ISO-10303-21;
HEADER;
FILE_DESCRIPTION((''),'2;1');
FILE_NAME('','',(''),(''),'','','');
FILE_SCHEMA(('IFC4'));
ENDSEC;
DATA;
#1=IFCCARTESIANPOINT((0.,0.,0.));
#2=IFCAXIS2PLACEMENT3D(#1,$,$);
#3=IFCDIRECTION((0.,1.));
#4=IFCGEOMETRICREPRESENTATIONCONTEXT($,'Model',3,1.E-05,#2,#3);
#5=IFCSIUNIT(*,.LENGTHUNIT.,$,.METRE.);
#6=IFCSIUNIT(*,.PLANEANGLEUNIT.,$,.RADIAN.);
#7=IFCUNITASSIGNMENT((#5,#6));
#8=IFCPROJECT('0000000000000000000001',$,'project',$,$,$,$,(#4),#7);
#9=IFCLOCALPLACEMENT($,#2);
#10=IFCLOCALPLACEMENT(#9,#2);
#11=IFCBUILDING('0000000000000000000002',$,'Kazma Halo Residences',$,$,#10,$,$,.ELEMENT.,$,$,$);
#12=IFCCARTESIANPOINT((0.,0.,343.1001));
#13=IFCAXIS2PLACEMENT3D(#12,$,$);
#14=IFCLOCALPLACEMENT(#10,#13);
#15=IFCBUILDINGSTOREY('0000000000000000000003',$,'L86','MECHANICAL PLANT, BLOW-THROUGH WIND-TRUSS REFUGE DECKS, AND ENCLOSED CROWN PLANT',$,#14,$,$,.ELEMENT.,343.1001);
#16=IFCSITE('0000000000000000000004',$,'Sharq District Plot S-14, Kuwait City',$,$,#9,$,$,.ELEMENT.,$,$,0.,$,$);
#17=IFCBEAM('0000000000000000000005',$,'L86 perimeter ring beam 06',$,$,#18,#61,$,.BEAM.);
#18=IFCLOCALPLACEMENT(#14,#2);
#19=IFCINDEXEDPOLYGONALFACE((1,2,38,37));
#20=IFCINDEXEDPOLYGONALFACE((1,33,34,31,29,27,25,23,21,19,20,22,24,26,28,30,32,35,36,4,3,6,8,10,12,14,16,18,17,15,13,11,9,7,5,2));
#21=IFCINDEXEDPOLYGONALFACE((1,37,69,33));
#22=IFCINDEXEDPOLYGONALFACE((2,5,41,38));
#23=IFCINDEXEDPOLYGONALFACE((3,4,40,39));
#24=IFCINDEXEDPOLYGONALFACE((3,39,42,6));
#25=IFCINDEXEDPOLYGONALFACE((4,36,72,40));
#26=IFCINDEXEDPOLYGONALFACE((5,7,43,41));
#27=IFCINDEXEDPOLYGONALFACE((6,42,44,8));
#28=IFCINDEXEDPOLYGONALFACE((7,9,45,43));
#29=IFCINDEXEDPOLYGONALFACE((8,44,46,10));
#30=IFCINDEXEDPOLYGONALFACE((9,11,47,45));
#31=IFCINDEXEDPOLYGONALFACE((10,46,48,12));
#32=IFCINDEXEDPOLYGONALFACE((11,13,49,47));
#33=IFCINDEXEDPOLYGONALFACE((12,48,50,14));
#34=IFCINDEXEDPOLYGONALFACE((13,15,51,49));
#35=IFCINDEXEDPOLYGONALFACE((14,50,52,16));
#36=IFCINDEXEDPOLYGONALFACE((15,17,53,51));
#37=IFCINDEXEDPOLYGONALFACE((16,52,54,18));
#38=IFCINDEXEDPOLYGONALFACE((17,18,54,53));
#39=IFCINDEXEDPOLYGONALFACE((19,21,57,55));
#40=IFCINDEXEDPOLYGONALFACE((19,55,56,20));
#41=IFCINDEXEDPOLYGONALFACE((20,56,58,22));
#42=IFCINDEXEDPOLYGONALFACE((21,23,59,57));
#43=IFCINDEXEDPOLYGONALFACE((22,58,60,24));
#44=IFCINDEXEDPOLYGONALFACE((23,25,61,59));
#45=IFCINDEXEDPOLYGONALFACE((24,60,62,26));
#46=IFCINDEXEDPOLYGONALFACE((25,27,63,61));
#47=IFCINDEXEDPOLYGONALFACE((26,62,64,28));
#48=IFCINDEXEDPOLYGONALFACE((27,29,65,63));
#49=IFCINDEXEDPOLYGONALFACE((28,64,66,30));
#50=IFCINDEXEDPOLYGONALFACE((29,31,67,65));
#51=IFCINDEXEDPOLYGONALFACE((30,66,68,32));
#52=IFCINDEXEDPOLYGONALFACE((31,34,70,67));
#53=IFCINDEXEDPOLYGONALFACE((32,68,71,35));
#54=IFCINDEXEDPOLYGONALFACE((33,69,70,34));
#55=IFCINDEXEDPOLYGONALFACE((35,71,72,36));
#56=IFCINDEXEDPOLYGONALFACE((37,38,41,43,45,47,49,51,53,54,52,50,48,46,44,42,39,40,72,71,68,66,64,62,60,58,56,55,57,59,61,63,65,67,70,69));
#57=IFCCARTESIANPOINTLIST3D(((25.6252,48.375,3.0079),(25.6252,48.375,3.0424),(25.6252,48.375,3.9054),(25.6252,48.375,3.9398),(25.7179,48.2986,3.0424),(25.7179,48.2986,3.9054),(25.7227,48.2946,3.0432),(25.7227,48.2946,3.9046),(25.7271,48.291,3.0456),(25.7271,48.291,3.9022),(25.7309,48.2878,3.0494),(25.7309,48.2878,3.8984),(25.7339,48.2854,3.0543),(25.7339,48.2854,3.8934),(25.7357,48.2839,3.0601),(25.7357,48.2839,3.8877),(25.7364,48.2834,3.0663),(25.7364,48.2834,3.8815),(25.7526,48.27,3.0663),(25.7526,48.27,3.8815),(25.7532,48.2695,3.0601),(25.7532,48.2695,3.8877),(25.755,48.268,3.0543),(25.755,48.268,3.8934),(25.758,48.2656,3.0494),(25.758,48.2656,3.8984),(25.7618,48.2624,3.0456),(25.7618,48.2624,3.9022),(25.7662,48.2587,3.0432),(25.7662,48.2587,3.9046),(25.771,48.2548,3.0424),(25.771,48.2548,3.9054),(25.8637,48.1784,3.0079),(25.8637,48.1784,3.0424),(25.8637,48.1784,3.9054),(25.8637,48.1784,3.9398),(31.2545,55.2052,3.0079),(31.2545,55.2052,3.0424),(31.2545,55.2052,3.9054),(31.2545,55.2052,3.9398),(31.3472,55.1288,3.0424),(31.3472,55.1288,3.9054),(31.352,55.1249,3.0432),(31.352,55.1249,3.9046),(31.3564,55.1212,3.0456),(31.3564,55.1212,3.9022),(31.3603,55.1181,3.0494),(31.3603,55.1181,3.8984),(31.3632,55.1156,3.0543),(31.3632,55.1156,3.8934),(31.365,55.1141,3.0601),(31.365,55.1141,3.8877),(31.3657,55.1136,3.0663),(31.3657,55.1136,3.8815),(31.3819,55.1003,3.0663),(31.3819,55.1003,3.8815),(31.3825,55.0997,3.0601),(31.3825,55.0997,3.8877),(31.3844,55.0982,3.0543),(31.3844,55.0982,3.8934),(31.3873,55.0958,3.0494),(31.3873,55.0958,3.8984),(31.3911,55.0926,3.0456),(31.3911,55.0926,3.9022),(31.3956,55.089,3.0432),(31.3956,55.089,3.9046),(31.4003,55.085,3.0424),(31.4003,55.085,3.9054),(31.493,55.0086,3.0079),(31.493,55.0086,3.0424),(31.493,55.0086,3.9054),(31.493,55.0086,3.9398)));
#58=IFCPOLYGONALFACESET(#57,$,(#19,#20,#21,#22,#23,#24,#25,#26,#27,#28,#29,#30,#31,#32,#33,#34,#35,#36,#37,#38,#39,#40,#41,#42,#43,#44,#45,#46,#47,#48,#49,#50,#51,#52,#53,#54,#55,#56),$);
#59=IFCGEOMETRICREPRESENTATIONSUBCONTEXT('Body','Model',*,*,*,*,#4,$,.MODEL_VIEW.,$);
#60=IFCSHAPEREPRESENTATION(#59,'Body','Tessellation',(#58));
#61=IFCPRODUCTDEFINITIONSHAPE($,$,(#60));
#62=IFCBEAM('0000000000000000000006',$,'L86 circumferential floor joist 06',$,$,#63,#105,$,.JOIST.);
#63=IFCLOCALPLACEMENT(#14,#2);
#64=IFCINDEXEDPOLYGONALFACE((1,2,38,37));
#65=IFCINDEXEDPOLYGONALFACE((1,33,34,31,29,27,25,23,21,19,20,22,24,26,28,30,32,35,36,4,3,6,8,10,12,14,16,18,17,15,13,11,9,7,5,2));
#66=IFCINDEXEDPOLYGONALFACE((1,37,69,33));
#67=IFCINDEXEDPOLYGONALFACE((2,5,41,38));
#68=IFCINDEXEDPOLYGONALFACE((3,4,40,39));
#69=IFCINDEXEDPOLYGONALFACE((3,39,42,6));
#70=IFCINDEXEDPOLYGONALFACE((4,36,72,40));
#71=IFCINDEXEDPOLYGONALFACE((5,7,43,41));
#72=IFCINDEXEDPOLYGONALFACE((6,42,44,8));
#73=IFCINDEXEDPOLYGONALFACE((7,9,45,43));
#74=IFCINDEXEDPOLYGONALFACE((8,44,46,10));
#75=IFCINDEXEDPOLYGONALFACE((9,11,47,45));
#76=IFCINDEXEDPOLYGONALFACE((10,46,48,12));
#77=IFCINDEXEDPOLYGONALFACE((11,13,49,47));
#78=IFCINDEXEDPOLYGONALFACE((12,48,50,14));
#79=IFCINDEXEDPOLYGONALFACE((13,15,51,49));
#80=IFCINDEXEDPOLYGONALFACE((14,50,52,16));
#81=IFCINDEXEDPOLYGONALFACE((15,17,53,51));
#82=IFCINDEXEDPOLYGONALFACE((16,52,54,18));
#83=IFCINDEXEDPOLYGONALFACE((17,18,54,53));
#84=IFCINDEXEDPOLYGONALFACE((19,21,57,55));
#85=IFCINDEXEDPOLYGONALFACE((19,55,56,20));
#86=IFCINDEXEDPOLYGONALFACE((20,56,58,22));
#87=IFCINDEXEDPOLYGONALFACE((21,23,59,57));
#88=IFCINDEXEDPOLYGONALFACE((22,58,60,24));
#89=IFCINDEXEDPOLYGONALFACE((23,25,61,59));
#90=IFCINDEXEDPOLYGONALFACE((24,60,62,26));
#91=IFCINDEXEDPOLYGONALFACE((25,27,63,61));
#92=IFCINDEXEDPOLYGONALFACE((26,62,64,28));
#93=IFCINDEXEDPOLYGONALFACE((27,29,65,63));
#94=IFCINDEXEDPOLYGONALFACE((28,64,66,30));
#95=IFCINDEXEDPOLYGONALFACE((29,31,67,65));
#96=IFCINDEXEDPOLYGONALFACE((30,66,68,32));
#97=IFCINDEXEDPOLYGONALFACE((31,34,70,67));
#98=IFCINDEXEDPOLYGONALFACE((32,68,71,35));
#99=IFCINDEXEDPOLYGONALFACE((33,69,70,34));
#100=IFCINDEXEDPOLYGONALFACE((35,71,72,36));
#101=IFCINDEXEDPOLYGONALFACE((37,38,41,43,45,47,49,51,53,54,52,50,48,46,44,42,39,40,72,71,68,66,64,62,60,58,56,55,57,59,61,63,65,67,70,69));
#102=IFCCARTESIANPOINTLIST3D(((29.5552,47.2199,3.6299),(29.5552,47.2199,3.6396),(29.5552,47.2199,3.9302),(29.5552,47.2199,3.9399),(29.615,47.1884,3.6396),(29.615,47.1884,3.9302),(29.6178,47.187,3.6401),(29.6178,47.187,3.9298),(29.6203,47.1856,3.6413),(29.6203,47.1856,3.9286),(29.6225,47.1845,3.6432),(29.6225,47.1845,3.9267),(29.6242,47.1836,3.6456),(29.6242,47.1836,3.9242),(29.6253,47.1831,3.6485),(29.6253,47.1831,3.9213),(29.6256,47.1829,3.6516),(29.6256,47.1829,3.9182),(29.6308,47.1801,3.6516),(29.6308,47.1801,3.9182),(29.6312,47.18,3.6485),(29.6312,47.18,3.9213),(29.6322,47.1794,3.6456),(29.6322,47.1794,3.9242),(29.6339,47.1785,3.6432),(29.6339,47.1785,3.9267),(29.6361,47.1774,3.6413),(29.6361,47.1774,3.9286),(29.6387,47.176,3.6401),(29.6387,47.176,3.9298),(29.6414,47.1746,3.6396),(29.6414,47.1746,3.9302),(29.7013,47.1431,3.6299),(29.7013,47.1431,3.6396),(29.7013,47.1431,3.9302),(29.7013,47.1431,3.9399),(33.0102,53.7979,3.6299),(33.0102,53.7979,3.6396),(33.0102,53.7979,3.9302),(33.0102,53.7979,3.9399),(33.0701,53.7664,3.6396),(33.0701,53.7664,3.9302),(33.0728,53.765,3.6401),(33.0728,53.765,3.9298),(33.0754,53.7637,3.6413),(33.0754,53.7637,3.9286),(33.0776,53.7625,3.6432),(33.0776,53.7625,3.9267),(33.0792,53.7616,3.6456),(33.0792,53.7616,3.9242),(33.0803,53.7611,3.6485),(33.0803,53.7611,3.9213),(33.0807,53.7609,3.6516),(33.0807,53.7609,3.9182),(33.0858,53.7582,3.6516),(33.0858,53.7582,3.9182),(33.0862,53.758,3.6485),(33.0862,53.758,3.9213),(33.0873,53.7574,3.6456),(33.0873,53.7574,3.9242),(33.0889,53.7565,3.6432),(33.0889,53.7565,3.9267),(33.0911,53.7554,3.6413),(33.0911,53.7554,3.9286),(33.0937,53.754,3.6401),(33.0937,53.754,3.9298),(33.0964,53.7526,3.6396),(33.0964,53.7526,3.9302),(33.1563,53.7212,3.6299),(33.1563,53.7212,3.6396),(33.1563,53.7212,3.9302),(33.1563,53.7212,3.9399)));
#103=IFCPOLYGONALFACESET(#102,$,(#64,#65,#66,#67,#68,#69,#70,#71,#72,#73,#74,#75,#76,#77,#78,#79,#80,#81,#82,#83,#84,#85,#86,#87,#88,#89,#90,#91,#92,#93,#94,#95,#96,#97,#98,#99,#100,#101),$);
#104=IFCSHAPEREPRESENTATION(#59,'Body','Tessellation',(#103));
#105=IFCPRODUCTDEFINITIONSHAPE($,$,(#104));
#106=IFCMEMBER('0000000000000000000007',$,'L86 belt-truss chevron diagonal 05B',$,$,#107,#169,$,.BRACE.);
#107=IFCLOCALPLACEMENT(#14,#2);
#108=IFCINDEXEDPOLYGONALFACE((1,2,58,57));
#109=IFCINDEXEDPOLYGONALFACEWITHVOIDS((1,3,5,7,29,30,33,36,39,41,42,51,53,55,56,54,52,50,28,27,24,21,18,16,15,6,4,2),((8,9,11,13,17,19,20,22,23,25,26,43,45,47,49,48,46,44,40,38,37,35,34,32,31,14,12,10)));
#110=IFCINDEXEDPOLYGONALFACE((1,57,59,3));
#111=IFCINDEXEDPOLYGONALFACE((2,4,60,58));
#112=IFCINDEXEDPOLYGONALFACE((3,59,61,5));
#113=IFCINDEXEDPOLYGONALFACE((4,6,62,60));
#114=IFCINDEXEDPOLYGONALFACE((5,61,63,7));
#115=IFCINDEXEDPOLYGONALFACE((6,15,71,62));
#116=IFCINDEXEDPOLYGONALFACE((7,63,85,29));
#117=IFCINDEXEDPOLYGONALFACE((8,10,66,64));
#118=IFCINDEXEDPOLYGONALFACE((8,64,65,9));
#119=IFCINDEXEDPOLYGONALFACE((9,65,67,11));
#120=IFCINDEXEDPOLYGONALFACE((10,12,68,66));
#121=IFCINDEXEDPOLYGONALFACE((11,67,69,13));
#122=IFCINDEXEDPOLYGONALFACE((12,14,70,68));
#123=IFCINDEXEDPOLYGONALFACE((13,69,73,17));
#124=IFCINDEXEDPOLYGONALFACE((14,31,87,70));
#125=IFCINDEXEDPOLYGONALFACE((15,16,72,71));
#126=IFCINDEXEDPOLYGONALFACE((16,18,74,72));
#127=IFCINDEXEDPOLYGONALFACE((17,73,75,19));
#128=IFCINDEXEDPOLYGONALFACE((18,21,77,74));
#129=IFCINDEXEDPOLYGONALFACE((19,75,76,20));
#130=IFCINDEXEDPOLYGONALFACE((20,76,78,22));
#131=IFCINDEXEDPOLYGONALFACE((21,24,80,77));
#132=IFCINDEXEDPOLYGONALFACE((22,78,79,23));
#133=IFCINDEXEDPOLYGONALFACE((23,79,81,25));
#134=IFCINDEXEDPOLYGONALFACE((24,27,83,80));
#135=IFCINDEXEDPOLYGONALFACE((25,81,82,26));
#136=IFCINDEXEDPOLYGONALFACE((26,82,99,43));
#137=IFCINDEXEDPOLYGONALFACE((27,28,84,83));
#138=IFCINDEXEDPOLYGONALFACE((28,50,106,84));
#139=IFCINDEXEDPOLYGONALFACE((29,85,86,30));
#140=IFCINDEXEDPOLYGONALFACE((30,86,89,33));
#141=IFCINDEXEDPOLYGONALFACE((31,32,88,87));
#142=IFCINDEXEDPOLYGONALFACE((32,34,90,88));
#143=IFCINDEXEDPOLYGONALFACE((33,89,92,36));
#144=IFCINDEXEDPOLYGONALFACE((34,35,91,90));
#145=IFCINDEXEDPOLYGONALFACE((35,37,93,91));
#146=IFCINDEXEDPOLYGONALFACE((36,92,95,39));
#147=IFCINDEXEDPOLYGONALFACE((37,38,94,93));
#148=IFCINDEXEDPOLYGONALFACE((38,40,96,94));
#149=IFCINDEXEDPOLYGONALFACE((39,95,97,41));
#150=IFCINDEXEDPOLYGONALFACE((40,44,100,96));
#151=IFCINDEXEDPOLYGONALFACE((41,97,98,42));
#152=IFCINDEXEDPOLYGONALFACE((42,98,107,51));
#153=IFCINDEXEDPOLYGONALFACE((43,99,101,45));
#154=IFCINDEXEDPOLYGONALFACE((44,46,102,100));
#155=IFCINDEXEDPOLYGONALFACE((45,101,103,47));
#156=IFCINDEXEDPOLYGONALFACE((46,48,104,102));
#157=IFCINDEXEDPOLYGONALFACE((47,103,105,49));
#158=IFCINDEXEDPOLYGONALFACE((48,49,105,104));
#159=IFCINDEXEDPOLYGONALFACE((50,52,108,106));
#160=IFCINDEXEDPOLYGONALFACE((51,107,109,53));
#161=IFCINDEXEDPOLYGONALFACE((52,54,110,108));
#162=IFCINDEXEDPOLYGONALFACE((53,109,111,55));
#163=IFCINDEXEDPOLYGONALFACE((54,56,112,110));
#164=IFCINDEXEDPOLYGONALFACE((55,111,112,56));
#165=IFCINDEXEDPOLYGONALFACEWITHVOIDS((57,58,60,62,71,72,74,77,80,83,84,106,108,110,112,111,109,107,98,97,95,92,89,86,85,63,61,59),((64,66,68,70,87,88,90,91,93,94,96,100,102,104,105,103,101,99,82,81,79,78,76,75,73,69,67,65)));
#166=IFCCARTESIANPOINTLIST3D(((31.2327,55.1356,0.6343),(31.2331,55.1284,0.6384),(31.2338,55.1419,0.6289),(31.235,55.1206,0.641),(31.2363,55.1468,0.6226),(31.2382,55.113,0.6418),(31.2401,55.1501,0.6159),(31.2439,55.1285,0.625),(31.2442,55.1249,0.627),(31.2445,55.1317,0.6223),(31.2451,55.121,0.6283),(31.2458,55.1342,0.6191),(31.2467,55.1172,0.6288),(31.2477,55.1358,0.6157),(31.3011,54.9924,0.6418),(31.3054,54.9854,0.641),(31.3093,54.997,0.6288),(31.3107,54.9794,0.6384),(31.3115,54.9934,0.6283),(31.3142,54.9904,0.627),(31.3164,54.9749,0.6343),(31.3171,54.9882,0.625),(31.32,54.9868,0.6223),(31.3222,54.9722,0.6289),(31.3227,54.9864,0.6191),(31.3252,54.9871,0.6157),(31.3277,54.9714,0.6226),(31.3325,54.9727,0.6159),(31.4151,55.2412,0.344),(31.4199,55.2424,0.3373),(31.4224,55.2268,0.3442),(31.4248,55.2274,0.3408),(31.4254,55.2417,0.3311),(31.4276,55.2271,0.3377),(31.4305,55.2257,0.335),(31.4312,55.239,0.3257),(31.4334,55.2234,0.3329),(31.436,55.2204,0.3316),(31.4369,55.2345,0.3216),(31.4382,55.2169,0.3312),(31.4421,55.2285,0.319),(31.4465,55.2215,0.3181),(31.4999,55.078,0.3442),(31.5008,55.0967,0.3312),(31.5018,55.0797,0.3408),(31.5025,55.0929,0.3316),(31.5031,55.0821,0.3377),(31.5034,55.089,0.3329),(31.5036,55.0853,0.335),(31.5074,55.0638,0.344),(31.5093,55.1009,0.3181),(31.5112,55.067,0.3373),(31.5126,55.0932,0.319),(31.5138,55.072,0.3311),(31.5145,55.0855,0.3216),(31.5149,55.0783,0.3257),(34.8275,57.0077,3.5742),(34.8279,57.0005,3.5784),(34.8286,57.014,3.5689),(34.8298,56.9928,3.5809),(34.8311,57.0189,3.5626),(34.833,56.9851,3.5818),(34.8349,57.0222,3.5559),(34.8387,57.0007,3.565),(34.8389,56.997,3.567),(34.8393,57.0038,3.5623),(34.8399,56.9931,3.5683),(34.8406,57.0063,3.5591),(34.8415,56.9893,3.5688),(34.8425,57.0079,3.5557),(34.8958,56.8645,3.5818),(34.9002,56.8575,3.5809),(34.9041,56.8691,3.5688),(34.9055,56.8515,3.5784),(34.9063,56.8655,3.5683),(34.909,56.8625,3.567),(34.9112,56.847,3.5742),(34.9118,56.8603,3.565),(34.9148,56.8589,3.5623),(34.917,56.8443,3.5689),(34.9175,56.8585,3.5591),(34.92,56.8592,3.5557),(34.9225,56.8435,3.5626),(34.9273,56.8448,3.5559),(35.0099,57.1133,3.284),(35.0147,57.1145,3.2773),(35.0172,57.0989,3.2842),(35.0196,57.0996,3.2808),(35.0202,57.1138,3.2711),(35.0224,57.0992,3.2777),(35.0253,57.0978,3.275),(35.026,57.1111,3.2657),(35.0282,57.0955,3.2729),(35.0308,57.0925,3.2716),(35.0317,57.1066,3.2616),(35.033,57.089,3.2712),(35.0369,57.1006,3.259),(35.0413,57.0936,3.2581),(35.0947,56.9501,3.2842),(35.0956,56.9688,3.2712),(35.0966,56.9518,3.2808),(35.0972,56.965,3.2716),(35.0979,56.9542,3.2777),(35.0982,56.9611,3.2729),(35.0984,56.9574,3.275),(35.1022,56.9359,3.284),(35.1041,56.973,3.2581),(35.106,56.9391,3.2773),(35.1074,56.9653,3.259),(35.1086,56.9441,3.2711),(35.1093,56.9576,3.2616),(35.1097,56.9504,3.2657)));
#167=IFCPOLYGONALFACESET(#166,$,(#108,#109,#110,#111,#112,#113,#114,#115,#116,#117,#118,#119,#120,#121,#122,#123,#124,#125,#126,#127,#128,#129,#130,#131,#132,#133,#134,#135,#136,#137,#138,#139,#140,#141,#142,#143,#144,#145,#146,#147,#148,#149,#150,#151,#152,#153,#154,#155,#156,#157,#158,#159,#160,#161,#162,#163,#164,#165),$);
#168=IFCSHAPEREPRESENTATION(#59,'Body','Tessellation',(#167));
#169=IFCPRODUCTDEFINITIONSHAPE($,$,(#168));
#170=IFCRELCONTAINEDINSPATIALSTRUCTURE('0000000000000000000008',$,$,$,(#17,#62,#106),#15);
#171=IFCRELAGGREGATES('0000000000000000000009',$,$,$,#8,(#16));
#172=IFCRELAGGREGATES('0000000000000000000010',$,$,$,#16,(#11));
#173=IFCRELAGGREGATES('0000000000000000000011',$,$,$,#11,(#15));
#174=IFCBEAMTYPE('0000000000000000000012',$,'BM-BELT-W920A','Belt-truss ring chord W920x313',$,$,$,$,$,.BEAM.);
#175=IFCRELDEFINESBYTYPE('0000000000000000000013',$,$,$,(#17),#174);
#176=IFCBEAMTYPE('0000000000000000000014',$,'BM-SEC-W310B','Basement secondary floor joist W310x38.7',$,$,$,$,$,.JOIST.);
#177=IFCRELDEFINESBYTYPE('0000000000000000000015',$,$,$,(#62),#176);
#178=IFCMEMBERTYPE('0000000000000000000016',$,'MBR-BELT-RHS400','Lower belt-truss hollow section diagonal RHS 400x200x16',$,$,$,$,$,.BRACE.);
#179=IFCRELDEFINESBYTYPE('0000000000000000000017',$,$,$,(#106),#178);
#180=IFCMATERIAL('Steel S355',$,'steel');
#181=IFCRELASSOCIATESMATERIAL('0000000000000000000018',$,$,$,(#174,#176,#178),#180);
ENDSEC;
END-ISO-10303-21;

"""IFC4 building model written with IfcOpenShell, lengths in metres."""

from ifc_helpers import new_model, si_unit, direction, frame, origin, origin_2d, place, context, subcontext, project, spatial, hollow_rectangle, i_section, extrude, material, material_profile, profile_set, type_object, element, save


model = new_model("IFC4")

# Units and contexts
model_context = context("Model", 3, precision=1e-05, world=origin(), true_north=direction((0.0, 1.0)))
body_context = subcontext(model_context, "Body", "Model", "MODEL_VIEW")
ifc_project = project(units=[si_unit("LENGTHUNIT", "METRE"), si_unit("PLANEANGLEUNIT", "RADIAN")], contexts=[model_context])

# Site, building, storey
site_placement = place(None, origin())
site = spatial("IfcSite", under=ifc_project, at=site_placement, Name="Sharq District Plot S-14, Kuwait City", CompositionType="ELEMENT", RefElevation=0.0)
building_placement = place(site_placement, origin())
building = spatial("IfcBuilding", under=site, at=building_placement, Name="Kazma Halo Residences", CompositionType="ELEMENT")
storey_placement = place(building_placement, frame((0.0, 0.0, 343.1001)))
storey = spatial("IfcBuildingStorey", under=building, at=storey_placement, Name="L86", Description="MECHANICAL PLANT, BLOW-THROUGH WIND-TRUSS REFUGE DECKS, AND ENCLOSED CROWN PLANT", CompositionType="ELEMENT", Elevation=343.1001)

# Beams
ifc_material_1 = material(Name="Steel S355", Category="steel")
ifc_material_profile_1 = material_profile(ifc_material_1, i_section(OverallWidth=0.3091, OverallDepth=0.9319, WebThickness=0.021, FlangeThickness=0.0344, FilletRadius=0.0239, at=origin_2d()), Name="W920x313")
ifc_profile_set_1 = profile_set([ifc_material_profile_1], Name="Steel S355")
beam_type_1 = type_object("IfcBeamType", Name="BM-BELT-W920A", Description="Belt-truss ring chord W920x313", PredefinedType="BEAM", material=ifc_profile_set_1)
beam_1_placement = place(storey_placement, frame((31.3738, 55.1069, 3.4739), z_axis=(-0.636005, -0.771685, 0.0), x_axis=(0.771685, -0.636005, 0.0)))
element("IfcBeam", 1, at=beam_1_placement, inside=storey, type_object=beam_type_1, Name="L86 perimeter ring beam 06", PredefinedType="BEAM", context=body_context, shape_type="SweptSolid", body=[
    extrude(i_section(OverallWidth=0.3091, OverallDepth=0.9319, WebThickness=0.021, FlangeThickness=0.0344, FilletRadius=0.0239, at=origin_2d()), origin(), (0.0, 0.0, 1.0), 8.8511),
])
ifc_material_profile_2 = material_profile(ifc_material_1, i_section(OverallWidth=0.165, OverallDepth=0.3101, WebThickness=0.0059, FlangeThickness=0.0098, FilletRadius=0.012, at=origin_2d()), Name="W310x38.7")
ifc_profile_set_2 = profile_set([ifc_material_profile_2], Name="Steel S355")
beam_type_2 = type_object("IfcBeamType", Name="BM-SEC-W310B", Description="Basement secondary floor joist W310x38.7", PredefinedType="JOIST", material=ifc_profile_set_2)
beam_2_placement = place(storey_placement, frame((33.0833, 53.7595, 3.7849), z_axis=(-0.464999, -0.885311, 0.0), x_axis=(0.885311, -0.464999, 0.0)))
element("IfcBeam", 2, at=beam_2_placement, inside=storey, type_object=beam_type_2, Name="L86 circumferential floor joist 06", PredefinedType="JOIST", context=body_context, shape_type="SweptSolid", body=[
    extrude(i_section(OverallWidth=0.165, OverallDepth=0.3101, WebThickness=0.0059, FlangeThickness=0.0098, FilletRadius=0.012, at=origin_2d()), origin(), (0.0, 0.0, 1.0), 7.4302),
])

# Member
ifc_material_profile_3 = material_profile(ifc_material_1, hollow_rectangle(XDim=0.2, YDim=0.3999, WallThickness=0.0161, InnerFilletRadius=0.0161, OuterFilletRadius=0.032, at=origin_2d()), Name="RHS400x200x16")
ifc_profile_set_3 = profile_set([ifc_material_profile_3], Name="Steel S355")
member_type_1 = type_object("IfcMemberType", Name="MBR-BELT-RHS400", Description="Lower belt-truss hollow section diagonal RHS 400x200x16", PredefinedType="BRACE", material=ifc_profile_set_3)
member_1_placement = place(storey_placement, frame((31.3738, 55.1069, 0.48), z_axis=(0.717941, 0.373891, 0.587167), x_axis=(-0.461899, 0.886933, 0.0)))
element("IfcMember", 3, at=member_1_placement, inside=storey, type_object=member_type_1, Name="L86 belt-truss chevron diagonal 05B", PredefinedType="BRACE", context=body_context, shape_type="SweptSolid", body=[
    extrude(hollow_rectangle(XDim=0.2, YDim=0.3999, WallThickness=0.0161, InnerFilletRadius=0.0161, OuterFilletRadius=0.032, at=origin_2d()), origin(), (0.0, 0.0, 1.0), 5.0071),
])

save(model, "model.ifc")
